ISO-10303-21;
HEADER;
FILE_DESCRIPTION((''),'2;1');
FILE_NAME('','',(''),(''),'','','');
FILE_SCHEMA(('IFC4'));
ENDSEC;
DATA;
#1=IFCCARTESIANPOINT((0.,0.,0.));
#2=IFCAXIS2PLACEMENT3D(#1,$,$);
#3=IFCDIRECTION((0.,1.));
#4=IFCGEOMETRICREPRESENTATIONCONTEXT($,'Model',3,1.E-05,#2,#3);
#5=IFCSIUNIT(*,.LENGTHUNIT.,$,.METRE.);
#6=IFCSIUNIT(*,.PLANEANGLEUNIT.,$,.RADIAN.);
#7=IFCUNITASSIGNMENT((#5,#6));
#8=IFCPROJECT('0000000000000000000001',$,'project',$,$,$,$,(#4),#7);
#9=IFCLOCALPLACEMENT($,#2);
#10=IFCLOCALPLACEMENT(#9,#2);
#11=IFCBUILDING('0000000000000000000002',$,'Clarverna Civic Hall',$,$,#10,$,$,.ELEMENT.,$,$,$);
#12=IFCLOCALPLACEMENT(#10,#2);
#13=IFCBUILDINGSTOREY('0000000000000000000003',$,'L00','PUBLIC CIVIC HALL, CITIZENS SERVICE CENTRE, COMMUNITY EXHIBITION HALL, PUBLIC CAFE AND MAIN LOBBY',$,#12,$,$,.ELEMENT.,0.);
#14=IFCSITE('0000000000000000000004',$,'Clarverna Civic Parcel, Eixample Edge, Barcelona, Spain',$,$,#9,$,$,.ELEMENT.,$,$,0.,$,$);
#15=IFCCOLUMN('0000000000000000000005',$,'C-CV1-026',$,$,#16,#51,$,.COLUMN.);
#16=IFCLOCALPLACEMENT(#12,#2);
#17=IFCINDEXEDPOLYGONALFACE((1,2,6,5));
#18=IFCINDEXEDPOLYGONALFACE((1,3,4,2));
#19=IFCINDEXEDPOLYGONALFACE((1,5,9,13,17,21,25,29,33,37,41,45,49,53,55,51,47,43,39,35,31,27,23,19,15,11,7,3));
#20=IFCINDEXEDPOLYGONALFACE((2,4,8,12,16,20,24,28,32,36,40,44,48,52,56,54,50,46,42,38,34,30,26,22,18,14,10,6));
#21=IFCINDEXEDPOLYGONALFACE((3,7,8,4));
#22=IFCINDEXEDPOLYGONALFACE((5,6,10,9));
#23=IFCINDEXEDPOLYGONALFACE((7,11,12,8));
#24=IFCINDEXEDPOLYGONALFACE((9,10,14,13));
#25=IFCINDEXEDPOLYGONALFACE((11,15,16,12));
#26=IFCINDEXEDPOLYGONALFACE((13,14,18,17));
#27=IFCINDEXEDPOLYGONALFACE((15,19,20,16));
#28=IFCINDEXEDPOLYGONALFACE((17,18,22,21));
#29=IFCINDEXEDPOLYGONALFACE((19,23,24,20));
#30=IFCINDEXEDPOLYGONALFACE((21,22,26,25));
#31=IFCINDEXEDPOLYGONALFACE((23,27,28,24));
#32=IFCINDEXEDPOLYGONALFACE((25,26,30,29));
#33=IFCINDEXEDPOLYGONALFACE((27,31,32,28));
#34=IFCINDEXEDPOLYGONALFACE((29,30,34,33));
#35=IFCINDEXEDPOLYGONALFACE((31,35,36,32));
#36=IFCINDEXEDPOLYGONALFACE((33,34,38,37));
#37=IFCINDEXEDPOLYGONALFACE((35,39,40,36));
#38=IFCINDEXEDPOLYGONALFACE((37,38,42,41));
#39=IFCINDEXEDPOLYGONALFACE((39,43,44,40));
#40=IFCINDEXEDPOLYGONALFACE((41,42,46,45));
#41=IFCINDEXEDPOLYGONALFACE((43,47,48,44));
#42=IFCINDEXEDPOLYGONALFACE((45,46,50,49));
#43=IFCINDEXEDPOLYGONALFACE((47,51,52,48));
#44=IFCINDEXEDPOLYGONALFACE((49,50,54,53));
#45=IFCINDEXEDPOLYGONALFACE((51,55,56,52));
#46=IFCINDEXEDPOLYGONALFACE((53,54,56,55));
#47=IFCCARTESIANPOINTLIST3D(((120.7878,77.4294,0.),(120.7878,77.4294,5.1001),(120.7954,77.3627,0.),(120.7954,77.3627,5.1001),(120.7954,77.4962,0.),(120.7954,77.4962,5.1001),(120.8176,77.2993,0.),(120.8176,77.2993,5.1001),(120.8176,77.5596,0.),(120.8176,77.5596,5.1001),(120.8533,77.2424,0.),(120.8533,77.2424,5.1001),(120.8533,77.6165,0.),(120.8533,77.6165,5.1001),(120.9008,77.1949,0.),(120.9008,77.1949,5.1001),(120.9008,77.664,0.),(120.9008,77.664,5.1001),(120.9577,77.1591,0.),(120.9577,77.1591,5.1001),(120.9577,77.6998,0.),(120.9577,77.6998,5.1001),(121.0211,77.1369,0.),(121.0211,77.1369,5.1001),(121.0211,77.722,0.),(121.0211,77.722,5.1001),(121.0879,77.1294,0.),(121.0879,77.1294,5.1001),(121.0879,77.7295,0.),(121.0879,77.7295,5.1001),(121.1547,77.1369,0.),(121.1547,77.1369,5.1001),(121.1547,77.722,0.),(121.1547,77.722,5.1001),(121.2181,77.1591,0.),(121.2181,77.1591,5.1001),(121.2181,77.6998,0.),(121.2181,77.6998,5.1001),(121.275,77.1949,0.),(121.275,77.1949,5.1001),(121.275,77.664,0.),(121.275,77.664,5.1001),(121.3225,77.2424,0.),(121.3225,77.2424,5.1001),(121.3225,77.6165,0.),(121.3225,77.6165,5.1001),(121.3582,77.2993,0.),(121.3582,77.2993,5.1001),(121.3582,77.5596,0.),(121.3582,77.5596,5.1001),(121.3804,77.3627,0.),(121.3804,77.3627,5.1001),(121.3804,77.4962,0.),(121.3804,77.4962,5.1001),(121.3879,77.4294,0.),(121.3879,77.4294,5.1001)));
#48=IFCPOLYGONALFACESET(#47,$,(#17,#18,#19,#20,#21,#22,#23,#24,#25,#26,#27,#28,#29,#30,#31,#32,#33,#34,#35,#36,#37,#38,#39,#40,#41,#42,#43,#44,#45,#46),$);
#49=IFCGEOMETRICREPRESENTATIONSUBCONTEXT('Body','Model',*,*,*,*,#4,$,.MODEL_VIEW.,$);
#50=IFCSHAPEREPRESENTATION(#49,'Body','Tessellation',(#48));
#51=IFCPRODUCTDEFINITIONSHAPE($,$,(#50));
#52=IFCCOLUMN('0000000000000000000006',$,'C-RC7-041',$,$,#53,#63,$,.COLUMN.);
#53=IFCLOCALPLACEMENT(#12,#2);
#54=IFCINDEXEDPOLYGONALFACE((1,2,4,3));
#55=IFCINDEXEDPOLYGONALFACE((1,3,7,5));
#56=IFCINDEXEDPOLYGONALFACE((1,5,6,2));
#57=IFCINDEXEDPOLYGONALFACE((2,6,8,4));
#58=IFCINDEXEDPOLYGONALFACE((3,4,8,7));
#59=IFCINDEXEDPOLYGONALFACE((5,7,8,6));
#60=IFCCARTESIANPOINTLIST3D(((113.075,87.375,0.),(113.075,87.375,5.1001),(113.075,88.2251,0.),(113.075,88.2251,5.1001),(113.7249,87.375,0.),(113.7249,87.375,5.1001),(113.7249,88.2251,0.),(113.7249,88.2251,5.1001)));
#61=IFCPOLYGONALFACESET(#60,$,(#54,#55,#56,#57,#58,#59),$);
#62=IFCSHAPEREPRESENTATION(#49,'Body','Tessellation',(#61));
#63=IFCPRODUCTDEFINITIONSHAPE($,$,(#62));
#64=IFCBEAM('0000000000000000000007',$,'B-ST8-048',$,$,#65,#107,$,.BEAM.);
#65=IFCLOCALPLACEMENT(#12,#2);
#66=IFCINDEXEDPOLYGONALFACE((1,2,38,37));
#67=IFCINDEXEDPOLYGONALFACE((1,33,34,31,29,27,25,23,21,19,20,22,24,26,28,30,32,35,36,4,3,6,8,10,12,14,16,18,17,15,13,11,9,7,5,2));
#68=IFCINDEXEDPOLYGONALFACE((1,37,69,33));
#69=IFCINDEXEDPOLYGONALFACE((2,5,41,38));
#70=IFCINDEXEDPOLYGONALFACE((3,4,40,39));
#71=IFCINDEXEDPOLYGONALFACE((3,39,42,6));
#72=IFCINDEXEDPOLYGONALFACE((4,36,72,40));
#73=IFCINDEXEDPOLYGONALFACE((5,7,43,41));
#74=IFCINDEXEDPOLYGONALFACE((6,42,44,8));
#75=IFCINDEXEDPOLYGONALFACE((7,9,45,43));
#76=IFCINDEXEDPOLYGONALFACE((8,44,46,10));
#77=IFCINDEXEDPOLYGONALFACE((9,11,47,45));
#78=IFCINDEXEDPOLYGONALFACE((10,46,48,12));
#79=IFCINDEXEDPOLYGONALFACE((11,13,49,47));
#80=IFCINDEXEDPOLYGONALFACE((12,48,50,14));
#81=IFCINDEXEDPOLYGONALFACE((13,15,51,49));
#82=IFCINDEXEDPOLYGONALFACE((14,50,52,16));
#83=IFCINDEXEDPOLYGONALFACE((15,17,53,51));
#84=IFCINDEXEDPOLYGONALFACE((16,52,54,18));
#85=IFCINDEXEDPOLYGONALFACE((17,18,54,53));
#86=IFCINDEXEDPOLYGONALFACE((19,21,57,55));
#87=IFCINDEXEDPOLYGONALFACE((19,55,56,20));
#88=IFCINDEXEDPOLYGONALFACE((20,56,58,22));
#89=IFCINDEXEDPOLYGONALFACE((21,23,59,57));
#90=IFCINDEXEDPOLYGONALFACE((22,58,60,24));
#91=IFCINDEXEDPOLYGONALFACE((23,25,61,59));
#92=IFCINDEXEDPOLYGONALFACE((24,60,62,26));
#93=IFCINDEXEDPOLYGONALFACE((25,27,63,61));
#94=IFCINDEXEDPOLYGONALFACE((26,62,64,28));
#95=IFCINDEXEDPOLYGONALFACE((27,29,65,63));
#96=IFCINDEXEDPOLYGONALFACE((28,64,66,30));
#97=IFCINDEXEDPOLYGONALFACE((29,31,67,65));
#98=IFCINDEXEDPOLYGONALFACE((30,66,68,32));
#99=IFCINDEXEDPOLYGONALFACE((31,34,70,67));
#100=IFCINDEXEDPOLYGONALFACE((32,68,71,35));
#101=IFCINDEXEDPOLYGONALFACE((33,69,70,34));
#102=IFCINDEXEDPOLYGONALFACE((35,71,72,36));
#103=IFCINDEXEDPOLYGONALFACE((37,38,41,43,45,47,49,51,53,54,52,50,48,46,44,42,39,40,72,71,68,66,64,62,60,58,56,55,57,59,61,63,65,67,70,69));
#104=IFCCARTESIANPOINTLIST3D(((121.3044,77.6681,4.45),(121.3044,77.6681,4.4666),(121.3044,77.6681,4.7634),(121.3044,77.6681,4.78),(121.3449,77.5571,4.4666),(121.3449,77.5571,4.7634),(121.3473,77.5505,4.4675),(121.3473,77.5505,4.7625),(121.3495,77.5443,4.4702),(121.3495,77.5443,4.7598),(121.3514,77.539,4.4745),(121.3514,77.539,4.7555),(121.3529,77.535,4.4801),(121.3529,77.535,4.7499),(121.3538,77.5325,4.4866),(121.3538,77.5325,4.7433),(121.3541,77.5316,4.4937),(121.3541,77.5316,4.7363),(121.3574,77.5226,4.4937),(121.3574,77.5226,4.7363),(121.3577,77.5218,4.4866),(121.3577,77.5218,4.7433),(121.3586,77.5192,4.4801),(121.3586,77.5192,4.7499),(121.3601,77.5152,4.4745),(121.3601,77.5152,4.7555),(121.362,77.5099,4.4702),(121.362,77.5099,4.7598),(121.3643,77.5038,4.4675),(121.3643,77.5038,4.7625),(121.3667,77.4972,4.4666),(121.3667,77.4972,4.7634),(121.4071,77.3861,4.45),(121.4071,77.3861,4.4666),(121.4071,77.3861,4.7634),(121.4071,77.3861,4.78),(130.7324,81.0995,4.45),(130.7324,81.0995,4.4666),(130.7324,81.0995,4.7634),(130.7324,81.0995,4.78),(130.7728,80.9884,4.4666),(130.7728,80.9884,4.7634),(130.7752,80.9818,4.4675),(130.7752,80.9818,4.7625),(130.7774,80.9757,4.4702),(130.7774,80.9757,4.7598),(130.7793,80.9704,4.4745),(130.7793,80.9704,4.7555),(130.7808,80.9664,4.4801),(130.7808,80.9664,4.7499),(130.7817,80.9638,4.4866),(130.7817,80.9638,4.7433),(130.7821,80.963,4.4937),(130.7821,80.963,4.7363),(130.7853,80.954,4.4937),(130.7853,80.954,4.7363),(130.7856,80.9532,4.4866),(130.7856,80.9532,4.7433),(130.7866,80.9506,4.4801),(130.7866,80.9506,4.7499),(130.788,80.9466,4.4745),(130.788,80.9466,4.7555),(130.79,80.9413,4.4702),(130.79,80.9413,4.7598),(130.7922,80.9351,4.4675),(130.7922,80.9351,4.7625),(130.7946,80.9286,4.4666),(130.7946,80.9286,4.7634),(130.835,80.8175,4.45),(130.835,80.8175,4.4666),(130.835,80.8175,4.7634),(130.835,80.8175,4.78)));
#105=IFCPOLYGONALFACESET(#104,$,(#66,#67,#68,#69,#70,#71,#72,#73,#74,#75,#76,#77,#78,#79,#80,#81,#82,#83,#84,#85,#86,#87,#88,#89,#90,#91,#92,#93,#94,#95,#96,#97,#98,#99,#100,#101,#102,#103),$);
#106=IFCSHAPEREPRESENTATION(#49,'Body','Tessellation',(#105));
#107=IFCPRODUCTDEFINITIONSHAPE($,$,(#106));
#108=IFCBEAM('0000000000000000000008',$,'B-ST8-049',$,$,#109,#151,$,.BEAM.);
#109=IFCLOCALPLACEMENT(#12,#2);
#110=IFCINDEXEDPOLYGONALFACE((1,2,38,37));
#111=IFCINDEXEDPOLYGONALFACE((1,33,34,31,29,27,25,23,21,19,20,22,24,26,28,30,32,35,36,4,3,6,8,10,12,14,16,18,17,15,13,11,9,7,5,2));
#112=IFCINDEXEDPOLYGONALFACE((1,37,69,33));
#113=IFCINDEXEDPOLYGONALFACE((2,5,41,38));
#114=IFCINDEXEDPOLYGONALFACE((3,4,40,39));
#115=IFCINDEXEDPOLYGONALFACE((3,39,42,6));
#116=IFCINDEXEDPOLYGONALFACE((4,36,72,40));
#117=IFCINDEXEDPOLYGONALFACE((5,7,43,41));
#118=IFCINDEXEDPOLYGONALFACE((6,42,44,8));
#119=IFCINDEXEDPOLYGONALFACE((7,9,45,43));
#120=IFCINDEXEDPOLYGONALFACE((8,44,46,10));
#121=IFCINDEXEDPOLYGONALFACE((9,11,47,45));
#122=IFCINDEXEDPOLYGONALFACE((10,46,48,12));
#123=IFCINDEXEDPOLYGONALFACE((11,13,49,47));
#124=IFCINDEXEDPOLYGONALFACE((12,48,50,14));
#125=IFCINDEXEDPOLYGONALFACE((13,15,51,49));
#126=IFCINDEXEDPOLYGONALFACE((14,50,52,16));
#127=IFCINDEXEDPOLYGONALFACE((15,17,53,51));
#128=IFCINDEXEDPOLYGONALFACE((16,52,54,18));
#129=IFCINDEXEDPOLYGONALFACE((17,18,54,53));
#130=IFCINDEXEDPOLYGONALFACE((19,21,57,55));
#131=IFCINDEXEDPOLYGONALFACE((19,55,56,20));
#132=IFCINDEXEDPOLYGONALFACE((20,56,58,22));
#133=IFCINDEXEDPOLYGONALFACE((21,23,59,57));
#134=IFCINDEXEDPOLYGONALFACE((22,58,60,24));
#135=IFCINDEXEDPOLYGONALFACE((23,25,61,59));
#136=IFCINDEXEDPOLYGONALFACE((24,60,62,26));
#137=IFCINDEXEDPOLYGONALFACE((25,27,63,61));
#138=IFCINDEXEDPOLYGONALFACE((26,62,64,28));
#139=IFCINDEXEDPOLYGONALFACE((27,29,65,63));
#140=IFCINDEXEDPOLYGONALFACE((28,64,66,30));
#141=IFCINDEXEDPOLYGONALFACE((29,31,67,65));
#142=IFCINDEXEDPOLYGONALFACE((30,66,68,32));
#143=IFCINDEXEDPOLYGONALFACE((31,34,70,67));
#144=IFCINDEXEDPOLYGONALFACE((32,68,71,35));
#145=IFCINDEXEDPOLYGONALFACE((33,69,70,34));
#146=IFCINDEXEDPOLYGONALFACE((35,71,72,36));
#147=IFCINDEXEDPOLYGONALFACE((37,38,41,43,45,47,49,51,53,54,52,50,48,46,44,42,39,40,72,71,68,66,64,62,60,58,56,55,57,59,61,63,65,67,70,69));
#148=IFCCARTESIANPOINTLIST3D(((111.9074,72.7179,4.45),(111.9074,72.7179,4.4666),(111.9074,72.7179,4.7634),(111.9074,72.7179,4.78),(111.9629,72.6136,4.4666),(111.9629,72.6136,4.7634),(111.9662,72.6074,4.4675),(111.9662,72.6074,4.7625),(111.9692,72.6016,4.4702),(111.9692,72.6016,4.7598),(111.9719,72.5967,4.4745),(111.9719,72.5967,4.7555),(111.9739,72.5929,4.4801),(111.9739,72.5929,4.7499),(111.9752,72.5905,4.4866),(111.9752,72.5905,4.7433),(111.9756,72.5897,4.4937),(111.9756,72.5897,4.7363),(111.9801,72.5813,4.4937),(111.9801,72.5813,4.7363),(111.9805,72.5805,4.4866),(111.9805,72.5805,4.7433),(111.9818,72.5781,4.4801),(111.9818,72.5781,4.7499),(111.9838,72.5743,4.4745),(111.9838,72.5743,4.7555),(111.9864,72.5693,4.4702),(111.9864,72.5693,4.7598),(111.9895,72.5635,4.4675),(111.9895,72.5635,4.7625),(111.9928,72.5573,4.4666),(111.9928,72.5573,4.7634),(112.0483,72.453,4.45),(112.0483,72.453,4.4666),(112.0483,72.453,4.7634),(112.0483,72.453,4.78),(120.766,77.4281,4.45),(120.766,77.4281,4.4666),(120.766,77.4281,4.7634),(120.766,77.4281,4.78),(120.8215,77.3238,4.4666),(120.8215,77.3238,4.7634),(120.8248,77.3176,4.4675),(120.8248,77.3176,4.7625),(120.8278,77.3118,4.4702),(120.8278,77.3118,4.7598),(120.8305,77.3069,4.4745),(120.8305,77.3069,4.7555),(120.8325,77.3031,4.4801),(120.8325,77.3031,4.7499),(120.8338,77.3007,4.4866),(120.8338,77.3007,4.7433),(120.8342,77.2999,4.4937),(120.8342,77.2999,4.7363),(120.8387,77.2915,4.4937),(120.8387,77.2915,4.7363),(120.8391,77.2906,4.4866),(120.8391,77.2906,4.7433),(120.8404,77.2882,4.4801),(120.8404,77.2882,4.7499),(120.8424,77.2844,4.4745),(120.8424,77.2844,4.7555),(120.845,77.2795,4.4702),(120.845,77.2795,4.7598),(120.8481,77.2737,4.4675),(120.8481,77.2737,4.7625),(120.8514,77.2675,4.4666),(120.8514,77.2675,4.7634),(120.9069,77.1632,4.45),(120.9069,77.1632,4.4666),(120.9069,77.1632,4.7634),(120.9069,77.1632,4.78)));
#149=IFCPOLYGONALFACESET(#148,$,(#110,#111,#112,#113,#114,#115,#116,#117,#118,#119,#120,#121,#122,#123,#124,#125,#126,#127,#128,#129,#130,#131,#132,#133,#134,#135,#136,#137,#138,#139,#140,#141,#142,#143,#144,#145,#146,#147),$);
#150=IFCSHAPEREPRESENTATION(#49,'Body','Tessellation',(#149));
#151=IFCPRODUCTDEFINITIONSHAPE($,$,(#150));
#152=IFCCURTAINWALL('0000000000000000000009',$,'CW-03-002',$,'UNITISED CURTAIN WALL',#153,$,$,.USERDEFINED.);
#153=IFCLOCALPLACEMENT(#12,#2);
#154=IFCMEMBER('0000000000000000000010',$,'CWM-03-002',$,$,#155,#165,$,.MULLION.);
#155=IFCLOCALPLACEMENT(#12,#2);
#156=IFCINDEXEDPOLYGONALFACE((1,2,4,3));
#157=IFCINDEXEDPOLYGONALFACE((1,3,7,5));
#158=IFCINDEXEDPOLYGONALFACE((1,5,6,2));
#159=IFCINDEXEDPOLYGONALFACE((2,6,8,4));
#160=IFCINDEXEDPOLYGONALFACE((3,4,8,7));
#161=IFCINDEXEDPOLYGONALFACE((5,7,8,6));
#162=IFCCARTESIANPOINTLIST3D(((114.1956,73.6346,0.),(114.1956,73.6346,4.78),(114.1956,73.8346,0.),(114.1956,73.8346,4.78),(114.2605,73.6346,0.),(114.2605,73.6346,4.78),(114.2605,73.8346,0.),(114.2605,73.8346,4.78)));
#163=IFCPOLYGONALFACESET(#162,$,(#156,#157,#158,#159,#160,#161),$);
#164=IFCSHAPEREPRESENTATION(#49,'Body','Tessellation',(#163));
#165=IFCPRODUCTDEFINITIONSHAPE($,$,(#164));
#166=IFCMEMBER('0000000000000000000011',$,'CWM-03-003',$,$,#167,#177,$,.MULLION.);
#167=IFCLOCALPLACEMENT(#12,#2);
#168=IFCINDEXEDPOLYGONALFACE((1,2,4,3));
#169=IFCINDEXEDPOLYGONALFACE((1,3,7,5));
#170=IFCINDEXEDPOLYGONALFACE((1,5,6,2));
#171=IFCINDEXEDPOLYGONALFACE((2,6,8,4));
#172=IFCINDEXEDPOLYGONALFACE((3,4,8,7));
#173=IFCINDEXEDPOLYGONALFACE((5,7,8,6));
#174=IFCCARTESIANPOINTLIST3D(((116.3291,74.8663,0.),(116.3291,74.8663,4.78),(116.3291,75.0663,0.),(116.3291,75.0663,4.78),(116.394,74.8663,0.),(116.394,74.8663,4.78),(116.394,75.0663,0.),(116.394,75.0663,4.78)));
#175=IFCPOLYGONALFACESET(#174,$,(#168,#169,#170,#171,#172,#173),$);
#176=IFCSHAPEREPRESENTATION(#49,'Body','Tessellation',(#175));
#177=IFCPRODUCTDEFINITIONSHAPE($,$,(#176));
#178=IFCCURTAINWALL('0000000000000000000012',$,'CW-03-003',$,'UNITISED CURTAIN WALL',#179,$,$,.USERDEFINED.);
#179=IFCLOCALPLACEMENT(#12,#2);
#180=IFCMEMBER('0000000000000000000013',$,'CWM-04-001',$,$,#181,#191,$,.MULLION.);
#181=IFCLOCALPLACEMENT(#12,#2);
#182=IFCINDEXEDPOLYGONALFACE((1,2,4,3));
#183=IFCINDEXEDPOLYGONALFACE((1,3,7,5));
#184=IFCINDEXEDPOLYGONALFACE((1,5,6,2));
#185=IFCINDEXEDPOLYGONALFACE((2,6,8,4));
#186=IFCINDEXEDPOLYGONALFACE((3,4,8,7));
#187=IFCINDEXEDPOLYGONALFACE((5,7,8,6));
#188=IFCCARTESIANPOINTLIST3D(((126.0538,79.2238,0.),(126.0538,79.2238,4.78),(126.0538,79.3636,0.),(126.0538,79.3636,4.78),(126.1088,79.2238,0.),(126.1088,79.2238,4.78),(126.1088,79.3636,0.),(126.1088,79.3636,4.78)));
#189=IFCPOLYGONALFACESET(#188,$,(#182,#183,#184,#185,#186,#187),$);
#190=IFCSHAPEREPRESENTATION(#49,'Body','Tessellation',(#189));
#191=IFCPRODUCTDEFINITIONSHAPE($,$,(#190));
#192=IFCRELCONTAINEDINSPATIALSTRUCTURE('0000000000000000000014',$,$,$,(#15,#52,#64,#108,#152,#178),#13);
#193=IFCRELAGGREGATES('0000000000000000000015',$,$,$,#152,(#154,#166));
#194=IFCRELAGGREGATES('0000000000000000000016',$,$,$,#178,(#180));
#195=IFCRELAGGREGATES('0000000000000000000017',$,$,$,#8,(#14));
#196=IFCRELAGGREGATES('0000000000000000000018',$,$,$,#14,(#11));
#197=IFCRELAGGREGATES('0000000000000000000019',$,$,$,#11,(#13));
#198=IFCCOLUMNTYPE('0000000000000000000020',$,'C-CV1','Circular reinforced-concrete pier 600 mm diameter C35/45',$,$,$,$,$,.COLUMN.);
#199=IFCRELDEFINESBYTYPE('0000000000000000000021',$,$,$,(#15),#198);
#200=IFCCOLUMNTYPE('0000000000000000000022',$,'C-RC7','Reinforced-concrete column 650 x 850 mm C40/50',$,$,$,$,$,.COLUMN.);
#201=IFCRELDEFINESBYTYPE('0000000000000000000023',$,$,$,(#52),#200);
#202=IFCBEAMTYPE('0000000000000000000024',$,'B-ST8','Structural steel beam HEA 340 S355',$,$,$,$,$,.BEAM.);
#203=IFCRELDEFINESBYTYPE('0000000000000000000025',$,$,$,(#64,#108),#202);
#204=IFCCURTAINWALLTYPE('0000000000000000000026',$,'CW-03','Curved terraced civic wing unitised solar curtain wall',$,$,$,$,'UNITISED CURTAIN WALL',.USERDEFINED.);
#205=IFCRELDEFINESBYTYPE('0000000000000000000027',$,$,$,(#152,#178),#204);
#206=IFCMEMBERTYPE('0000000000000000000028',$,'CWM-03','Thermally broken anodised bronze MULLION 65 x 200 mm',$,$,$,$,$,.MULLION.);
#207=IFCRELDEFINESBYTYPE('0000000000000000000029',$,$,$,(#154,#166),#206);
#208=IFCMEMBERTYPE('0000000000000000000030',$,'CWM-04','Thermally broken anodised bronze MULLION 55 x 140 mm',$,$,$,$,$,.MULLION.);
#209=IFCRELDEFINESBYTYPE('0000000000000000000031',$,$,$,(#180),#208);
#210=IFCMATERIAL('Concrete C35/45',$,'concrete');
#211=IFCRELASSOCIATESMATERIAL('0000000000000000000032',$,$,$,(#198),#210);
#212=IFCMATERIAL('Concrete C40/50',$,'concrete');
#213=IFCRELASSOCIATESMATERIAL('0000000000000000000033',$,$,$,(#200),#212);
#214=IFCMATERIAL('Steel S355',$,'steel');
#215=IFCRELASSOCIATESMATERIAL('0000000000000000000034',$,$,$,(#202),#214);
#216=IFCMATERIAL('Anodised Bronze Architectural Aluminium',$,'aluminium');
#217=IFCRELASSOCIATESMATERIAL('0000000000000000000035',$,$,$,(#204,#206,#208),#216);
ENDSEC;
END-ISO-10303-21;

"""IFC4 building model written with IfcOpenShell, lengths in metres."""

from ifc_helpers import new_model, si_unit, direction, frame, origin, origin_2d, place, context, subcontext, project, spatial, rectangle, circle, i_section, extrude, material, material_profile, profile_set, type_object, element, aggregate, save


model = new_model("IFC4")

# Units and contexts
model_context = context("Model", 3, precision=1e-05, world=origin(), true_north=direction((0.0, 1.0)))
body_context = subcontext(model_context, "Body", "Model", "MODEL_VIEW")
ifc_project = project(units=[si_unit("LENGTHUNIT", "METRE"), si_unit("PLANEANGLEUNIT", "RADIAN")], contexts=[model_context])

# Site, building, storey
site_placement = place(None, origin())
site = spatial("IfcSite", under=ifc_project, at=site_placement, Name="Clarverna Civic Parcel, Eixample Edge, Barcelona, Spain", CompositionType="ELEMENT", RefElevation=0.0)
building_placement = place(site_placement, origin())
building = spatial("IfcBuilding", under=site, at=building_placement, Name="Clarverna Civic Hall", CompositionType="ELEMENT")
storey_placement = place(building_placement, origin())
storey = spatial("IfcBuildingStorey", under=building, at=storey_placement, Name="L00", Description="PUBLIC CIVIC HALL, CITIZENS SERVICE CENTRE, COMMUNITY EXHIBITION HALL, PUBLIC CAFE AND MAIN LOBBY", CompositionType="ELEMENT", Elevation=0.0)

# Columns
ifc_material_1 = material(Name="Concrete C35/45", Category="concrete")
ifc_material_profile_1 = material_profile(ifc_material_1, circle(Radius=0.3, at=origin_2d()), Name="RC D600")
ifc_profile_set_1 = profile_set([ifc_material_profile_1], Name="Concrete C35/45")
column_type_1 = type_object("IfcColumnType", Name="C-CV1", Description="Circular reinforced-concrete pier 600 mm diameter C35/45", PredefinedType="COLUMN", material=ifc_profile_set_1)
column_1_placement = place(storey_placement, frame((121.0879, 77.4294, 0.0), z_axis=(0.0, 0.0, 1.0), x_axis=(1.0, 0.0, 0.0)))
element("IfcColumn", 1, at=column_1_placement, inside=storey, type_object=column_type_1, Name="C-CV1-026", PredefinedType="COLUMN", context=body_context, shape_type="SweptSolid", body=[
    extrude(circle(Radius=0.3, at=origin_2d()), origin(), (0.0, 0.0, 1.0), 5.1001),
])
ifc_material_2 = material(Name="Concrete C40/50", Category="concrete")
ifc_material_profile_2 = material_profile(ifc_material_2, rectangle(XDim=0.6499, YDim=0.8501, at=origin_2d()), Name="RC 650x850")
ifc_profile_set_2 = profile_set([ifc_material_profile_2], Name="Concrete C40/50")
column_type_2 = type_object("IfcColumnType", Name="C-RC7", Description="Reinforced-concrete column 650 x 850 mm C40/50", PredefinedType="COLUMN", material=ifc_profile_set_2)
column_2_placement = place(storey_placement, frame((113.3999, 87.8, 0.0), z_axis=(0.0, 0.0, 1.0), x_axis=(1.0, 0.0, 0.0)))
element("IfcColumn", 2, at=column_2_placement, inside=storey, type_object=column_type_2, Name="C-RC7-041", PredefinedType="COLUMN", context=body_context, shape_type="SweptSolid", body=[
    extrude(rectangle(XDim=0.6499, YDim=0.8501, at=origin_2d()), origin(), (0.0, 0.0, 1.0), 5.1001),
])

# Beams
ifc_material_3 = material(Name="Steel S355", Category="steel")
ifc_material_profile_3 = material_profile(ifc_material_3, i_section(OverallWidth=0.3, OverallDepth=0.3301, WebThickness=0.0095, FlangeThickness=0.0166, FilletRadius=0.0271, at=origin_2d()), Name="HEA 340")
ifc_profile_set_3 = profile_set([ifc_material_profile_3], Name="Steel S355")
beam_type = type_object("IfcBeamType", Name="B-ST8", Description="Structural steel beam HEA 340 S355", PredefinedType="BEAM", material=ifc_profile_set_3)
for number, where, z_axis, x_axis, name in (
    (3, (130.7837, 80.9585, 4.615), (-0.939696, -0.342011, 0.0), (0.342011, -0.939696, 0.0), "B-ST8-048"),
    (4, (120.8364, 77.2957, 4.615), (-0.882948, -0.46947, 0.0), (0.46947, -0.882948, 0.0), "B-ST8-049"),
):
    element("IfcBeam", number, at=place(storey_placement, frame(where, z_axis=z_axis, x_axis=x_axis)), inside=storey, type_object=beam_type, Name=name, PredefinedType="BEAM", context=body_context, shape_type="SweptSolid", body=[
        extrude(i_section(OverallWidth=0.3, OverallDepth=0.3301, WebThickness=0.0095, FlangeThickness=0.0166, FilletRadius=0.0271, at=origin_2d()), origin(), (0.0, 0.0, 1.0), 10.033),
    ])

# Curtain walls, members
ifc_material_4 = material(Name="Anodised Bronze Architectural Aluminium", Category="aluminium")
curtain_wall_type = type_object("IfcCurtainWallType", Name="CW-03", Description="Curved terraced civic wing unitised solar curtain wall", ElementType="UNITISED CURTAIN WALL", PredefinedType="USERDEFINED", material=ifc_material_4)
curtain_wall_1_placement = place(storey_placement, origin())
curtain_wall_1 = element("IfcCurtainWall", 5, at=curtain_wall_1_placement, inside=storey, type_object=curtain_wall_type, Name="CW-03-002", ObjectType="UNITISED CURTAIN WALL", PredefinedType="USERDEFINED")
ifc_material_profile_4 = material_profile(ifc_material_4, rectangle(XDim=0.0649, YDim=0.2, at=origin_2d()), Name="BRONZE 65x200")
ifc_profile_set_4 = profile_set([ifc_material_profile_4], Name="Anodised Bronze Architectural Aluminium")
member_type_1 = type_object("IfcMemberType", Name="CWM-03", Description="Thermally broken anodised bronze MULLION 65 x 200 mm", PredefinedType="MULLION", material=ifc_profile_set_4)
member_1_placement = place(storey_placement, frame((114.228, 73.7346, 0.0), z_axis=(0.0, 0.0, 1.0), x_axis=(1.0, 0.0, 0.0)))
member_1 = element("IfcMember", 6, at=member_1_placement, type_object=member_type_1, Name="CWM-03-002", PredefinedType="MULLION", context=body_context, shape_type="SweptSolid", body=[
    extrude(rectangle(XDim=0.0649, YDim=0.2, at=origin_2d()), origin(), (0.0, 0.0, 1.0), 4.78),
])
member_2_placement = place(storey_placement, frame((116.3616, 74.9663, 0.0), z_axis=(0.0, 0.0, 1.0), x_axis=(1.0, 0.0, 0.0)))
member_2 = element("IfcMember", 7, at=member_2_placement, type_object=member_type_1, Name="CWM-03-003", PredefinedType="MULLION", context=body_context, shape_type="SweptSolid", body=[
    extrude(rectangle(XDim=0.0649, YDim=0.2, at=origin_2d()), origin(), (0.0, 0.0, 1.0), 4.78),
])
curtain_wall_2_placement = place(storey_placement, origin())
curtain_wall_2 = element("IfcCurtainWall", 8, at=curtain_wall_2_placement, inside=storey, type_object=curtain_wall_type, Name="CW-03-003", ObjectType="UNITISED CURTAIN WALL", PredefinedType="USERDEFINED")
ifc_material_profile_5 = material_profile(ifc_material_4, rectangle(XDim=0.0549, YDim=0.1399, at=origin_2d()), Name="BRONZE 55x140")
ifc_profile_set_5 = profile_set([ifc_material_profile_5], Name="Anodised Bronze Architectural Aluminium")
member_type_2 = type_object("IfcMemberType", Name="CWM-04", Description="Thermally broken anodised bronze MULLION 55 x 140 mm", PredefinedType="MULLION", material=ifc_profile_set_5)
member_3_placement = place(storey_placement, frame((126.0813, 79.2937, 0.0), z_axis=(0.0, 0.0, 1.0), x_axis=(1.0, 0.0, 0.0)))
member_3 = element("IfcMember", 9, at=member_3_placement, type_object=member_type_2, Name="CWM-04-001", PredefinedType="MULLION", context=body_context, shape_type="SweptSolid", body=[
    extrude(rectangle(XDim=0.0549, YDim=0.1399, at=origin_2d()), origin(), (0.0, 0.0, 1.0), 4.78),
])

aggregate(curtain_wall_1, [member_1, member_2])
aggregate(curtain_wall_2, [member_3])

save(model, "model.ifc")
